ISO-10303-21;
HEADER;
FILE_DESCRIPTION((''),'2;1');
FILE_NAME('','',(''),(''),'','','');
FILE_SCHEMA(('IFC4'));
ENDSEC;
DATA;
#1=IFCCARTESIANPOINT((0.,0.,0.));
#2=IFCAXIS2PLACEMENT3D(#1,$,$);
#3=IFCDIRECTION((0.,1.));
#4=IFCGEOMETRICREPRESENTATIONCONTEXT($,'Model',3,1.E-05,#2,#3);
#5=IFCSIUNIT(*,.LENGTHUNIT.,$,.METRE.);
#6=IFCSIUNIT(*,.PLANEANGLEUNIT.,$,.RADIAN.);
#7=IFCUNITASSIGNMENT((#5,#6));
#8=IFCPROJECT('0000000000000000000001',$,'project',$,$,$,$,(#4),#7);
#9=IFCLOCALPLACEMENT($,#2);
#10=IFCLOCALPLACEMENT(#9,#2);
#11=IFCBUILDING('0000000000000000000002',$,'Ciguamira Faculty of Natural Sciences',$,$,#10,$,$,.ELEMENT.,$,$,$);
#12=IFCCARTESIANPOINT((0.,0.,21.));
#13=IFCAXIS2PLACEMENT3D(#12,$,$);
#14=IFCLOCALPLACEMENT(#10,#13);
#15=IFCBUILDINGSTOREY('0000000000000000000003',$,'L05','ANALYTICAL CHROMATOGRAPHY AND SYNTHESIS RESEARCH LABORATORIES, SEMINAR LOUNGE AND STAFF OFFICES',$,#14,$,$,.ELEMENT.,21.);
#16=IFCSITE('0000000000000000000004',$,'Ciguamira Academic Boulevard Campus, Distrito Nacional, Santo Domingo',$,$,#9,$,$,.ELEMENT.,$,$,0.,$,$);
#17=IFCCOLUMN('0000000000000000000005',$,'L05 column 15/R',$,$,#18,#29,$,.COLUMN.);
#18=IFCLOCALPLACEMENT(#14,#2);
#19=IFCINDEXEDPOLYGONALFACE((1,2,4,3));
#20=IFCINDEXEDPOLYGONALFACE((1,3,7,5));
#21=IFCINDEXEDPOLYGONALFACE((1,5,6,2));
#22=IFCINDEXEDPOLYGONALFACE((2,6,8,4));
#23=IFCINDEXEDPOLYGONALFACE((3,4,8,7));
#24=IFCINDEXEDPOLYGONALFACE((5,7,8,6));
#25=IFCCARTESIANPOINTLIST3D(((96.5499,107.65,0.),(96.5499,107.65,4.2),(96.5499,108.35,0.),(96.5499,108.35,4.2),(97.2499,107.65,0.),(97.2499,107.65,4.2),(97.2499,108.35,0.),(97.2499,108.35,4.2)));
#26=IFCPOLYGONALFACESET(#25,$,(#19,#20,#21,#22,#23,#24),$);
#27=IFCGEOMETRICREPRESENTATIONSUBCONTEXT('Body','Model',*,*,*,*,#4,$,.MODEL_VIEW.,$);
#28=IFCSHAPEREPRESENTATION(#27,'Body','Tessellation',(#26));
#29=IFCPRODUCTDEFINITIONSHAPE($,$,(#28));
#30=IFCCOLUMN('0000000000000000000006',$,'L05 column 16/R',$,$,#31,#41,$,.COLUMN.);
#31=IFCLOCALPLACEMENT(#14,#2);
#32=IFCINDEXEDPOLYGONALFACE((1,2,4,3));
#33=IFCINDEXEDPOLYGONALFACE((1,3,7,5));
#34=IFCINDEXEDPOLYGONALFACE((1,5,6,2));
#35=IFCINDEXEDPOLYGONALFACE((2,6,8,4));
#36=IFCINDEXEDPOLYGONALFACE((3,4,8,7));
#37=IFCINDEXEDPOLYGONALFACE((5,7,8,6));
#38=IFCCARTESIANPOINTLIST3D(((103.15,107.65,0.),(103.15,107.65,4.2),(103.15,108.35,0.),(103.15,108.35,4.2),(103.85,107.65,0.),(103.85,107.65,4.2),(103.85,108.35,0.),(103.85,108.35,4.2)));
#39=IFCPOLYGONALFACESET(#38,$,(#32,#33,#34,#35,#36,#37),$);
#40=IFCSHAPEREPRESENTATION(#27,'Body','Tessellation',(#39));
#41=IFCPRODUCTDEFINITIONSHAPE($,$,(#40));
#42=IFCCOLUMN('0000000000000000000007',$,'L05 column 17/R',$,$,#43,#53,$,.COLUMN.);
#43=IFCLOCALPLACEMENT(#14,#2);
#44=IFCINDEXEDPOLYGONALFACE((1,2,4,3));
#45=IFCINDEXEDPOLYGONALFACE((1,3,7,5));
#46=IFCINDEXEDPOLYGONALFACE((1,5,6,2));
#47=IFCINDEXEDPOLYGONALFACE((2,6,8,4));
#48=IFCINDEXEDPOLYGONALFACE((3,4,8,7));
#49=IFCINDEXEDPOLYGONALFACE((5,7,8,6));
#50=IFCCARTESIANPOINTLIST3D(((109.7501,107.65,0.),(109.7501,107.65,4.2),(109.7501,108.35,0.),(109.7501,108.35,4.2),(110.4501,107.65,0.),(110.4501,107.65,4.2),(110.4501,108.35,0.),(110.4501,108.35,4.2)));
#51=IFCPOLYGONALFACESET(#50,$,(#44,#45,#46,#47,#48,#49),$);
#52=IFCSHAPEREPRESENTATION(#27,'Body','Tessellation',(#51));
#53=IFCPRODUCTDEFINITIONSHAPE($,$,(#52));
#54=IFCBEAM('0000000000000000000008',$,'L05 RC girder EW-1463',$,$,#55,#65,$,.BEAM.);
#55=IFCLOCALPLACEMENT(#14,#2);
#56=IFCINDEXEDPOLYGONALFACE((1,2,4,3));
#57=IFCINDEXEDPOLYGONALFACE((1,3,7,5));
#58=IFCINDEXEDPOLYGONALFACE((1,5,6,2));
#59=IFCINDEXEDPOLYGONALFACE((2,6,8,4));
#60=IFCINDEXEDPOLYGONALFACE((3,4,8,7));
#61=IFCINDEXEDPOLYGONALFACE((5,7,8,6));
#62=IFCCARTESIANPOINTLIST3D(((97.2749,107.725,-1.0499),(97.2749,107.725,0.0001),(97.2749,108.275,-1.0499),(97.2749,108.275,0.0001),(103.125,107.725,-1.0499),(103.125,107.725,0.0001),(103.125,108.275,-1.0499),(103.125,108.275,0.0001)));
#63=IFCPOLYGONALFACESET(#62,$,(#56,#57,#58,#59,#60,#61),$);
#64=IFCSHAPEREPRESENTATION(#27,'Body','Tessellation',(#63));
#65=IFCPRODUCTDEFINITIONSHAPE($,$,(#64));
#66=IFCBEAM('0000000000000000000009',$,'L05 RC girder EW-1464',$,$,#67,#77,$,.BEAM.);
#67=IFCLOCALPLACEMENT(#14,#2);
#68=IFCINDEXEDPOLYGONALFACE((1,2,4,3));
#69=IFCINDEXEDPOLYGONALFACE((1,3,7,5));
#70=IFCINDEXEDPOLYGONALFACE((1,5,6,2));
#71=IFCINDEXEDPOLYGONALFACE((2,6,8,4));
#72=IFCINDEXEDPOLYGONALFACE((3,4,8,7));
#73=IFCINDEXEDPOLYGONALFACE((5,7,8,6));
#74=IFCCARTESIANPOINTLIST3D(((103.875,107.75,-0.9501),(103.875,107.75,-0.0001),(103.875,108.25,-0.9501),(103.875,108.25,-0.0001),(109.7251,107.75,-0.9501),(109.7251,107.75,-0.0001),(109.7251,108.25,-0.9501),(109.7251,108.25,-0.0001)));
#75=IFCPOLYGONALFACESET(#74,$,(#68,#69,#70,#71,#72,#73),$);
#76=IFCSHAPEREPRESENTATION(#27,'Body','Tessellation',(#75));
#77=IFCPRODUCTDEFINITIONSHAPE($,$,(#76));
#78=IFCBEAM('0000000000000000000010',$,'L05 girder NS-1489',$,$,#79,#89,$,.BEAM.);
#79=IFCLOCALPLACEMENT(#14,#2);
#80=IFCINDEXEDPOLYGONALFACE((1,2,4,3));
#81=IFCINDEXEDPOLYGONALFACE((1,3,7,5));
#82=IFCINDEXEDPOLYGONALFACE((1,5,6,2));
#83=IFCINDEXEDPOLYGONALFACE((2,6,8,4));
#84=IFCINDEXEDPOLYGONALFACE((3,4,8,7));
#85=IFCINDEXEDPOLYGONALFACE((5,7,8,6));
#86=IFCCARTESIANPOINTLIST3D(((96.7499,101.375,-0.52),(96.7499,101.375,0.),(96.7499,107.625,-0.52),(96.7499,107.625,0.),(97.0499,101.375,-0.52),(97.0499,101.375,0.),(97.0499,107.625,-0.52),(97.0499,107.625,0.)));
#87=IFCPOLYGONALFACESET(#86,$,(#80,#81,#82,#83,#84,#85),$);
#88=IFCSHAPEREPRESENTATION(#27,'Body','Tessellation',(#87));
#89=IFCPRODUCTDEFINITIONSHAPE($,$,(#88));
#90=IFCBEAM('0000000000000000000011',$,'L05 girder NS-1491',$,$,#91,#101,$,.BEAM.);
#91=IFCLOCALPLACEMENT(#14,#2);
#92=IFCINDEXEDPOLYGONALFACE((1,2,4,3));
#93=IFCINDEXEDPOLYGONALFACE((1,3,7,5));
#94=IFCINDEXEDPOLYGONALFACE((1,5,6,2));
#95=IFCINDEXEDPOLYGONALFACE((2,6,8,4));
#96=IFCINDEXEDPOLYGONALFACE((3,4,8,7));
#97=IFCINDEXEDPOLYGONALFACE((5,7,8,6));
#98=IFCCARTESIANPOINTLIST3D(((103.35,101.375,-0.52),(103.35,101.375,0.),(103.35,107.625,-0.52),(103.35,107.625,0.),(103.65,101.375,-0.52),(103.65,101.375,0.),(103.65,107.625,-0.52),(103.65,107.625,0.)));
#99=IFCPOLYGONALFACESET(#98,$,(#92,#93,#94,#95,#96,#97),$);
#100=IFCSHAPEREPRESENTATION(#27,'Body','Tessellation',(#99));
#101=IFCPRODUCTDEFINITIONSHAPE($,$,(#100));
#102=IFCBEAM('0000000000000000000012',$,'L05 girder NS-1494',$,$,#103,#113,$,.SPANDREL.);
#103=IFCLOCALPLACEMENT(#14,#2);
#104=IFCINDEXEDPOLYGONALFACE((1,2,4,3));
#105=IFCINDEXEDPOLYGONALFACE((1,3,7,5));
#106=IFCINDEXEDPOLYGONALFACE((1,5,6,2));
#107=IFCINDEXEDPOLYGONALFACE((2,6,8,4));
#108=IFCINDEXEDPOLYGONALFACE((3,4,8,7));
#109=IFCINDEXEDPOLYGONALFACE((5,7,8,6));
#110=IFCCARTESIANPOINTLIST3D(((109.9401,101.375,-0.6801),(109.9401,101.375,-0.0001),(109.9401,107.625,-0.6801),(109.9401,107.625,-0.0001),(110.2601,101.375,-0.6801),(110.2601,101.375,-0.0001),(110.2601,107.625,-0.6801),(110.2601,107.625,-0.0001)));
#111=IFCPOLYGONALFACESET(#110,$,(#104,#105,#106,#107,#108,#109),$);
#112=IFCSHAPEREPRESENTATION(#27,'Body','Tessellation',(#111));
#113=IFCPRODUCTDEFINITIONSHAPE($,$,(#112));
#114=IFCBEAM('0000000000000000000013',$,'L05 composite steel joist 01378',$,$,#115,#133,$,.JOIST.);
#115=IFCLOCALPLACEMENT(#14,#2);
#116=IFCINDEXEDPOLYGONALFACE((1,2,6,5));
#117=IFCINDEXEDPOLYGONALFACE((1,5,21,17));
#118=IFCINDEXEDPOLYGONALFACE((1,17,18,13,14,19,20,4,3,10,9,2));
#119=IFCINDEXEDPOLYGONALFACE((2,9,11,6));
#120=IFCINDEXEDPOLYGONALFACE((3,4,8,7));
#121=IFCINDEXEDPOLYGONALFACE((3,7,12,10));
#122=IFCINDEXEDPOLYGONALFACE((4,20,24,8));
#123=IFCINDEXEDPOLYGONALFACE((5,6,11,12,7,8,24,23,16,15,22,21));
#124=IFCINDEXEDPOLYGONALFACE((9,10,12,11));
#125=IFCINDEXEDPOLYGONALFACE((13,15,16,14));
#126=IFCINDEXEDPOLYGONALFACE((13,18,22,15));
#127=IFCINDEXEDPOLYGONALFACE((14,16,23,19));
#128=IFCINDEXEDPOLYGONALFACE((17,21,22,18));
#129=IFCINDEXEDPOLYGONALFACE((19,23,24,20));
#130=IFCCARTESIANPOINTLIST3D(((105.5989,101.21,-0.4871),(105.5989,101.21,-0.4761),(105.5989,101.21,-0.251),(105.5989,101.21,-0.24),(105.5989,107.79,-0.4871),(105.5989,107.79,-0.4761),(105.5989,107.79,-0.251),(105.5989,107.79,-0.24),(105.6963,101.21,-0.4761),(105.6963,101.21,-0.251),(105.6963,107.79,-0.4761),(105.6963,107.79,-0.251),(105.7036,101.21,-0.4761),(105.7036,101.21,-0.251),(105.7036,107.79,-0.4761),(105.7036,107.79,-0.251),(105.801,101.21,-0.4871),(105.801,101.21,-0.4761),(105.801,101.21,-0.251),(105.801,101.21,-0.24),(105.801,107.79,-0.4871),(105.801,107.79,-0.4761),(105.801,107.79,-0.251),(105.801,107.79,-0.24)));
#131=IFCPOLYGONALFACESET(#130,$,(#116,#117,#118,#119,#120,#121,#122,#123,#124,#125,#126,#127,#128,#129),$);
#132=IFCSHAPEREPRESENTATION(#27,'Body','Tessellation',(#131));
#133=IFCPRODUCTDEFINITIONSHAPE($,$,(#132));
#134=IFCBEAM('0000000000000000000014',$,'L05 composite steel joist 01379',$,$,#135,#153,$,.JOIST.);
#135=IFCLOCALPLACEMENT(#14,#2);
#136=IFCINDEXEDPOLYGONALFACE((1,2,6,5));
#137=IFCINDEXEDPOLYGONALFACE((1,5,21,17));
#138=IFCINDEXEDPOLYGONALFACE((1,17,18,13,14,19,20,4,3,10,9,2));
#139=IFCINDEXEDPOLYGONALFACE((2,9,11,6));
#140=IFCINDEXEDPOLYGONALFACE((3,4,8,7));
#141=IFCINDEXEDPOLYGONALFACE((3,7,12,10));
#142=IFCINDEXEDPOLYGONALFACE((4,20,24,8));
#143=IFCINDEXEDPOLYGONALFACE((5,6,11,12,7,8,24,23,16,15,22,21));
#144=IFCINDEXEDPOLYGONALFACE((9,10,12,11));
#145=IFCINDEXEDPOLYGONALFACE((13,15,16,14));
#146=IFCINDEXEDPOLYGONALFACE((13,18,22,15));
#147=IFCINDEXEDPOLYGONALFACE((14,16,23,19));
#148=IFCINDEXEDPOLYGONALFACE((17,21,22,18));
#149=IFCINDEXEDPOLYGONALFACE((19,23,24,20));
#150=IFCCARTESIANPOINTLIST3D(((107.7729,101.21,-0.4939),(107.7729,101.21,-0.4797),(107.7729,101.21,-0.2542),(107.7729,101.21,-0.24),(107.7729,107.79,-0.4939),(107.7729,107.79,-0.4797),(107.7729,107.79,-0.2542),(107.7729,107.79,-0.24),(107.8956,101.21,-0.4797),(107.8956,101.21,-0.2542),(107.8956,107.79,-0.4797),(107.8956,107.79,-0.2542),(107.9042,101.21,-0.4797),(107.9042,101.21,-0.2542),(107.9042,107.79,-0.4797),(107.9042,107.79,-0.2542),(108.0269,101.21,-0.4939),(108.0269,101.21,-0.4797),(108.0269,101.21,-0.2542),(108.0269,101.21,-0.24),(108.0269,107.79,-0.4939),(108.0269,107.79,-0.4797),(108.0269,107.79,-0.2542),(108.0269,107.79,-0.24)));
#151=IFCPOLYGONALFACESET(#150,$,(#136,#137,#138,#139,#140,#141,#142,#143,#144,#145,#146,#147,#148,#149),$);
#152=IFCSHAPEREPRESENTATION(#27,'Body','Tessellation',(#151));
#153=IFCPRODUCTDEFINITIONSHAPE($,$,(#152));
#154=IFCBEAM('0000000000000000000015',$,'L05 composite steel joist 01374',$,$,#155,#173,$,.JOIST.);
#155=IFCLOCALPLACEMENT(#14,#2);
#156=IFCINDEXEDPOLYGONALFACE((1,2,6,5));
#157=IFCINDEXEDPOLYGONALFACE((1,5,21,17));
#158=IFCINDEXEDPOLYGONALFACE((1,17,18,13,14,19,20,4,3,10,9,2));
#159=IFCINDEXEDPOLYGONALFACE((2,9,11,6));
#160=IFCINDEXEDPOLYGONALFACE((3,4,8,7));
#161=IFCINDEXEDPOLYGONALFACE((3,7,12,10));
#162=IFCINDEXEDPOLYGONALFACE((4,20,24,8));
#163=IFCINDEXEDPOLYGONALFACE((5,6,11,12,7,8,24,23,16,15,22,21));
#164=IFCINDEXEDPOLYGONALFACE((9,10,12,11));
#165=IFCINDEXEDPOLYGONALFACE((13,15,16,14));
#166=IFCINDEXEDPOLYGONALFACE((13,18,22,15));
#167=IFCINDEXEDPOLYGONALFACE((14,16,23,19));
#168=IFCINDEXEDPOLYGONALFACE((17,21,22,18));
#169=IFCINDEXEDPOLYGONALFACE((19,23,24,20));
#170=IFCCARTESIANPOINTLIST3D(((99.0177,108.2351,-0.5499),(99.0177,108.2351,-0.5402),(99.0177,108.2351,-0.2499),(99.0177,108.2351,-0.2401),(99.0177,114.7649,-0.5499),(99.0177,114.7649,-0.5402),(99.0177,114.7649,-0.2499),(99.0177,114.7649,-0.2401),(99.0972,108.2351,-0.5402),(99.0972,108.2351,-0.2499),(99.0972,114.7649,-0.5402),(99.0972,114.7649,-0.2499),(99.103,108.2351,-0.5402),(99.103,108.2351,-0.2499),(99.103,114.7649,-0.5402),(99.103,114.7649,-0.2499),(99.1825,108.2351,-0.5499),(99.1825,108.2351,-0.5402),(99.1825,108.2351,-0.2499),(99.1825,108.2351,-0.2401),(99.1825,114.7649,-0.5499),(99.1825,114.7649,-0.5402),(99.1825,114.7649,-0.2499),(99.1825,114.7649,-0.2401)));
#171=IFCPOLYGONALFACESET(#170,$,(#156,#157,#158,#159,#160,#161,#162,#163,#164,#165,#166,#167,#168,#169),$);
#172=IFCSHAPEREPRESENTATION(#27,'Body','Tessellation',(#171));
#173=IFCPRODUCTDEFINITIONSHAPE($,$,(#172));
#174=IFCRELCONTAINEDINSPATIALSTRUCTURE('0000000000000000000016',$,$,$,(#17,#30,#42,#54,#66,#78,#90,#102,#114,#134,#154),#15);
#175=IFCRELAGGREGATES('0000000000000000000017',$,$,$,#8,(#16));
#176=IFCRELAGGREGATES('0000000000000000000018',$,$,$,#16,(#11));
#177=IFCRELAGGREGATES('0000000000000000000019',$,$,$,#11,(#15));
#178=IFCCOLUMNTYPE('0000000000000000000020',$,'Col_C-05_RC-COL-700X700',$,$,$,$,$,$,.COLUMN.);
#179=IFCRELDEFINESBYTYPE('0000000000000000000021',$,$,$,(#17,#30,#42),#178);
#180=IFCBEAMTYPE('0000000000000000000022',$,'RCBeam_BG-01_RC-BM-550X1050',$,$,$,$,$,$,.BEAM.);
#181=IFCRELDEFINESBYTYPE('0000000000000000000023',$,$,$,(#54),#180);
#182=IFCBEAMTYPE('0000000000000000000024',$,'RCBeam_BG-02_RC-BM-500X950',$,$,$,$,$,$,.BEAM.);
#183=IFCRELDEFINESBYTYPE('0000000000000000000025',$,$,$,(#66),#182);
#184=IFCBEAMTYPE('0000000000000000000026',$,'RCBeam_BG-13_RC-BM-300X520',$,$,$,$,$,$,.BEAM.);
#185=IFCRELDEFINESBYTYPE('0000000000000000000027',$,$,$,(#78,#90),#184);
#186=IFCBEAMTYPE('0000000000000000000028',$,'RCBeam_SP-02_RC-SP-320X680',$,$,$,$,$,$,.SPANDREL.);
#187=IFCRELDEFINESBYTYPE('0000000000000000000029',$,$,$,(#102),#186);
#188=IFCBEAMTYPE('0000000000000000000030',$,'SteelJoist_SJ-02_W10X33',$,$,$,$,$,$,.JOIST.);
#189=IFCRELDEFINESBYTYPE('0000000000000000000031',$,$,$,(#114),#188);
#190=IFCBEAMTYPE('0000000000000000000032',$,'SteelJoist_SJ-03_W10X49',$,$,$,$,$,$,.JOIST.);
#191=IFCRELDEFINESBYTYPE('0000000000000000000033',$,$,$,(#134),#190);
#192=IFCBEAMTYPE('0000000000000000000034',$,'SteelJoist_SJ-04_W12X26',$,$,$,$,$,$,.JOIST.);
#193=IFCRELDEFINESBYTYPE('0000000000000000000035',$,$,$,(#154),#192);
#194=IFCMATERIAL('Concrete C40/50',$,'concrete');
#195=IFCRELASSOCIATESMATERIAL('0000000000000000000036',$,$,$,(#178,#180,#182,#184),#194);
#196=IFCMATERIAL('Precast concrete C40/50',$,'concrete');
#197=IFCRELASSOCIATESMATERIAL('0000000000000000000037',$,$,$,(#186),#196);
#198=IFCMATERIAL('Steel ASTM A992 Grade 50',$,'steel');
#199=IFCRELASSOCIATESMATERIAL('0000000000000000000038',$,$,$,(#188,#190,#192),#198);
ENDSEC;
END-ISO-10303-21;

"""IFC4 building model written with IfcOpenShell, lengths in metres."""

from ifc_helpers import new_model, si_unit, direction, frame, origin, origin_2d, place, context, subcontext, project, spatial, rectangle, i_section, extrude, material, material_profile, profile_set, type_object, element, save


model = new_model("IFC4")

# Units and contexts
model_context = context("Model", 3, precision=1e-05, world=origin(), true_north=direction((0.0, 1.0)))
body_context = subcontext(model_context, "Body", "Model", "MODEL_VIEW")
ifc_project = project(units=[si_unit("LENGTHUNIT", "METRE"), si_unit("PLANEANGLEUNIT", "RADIAN")], contexts=[model_context])

# Site, building, storey
site_placement = place(None, origin())
site = spatial("IfcSite", under=ifc_project, at=site_placement, Name="Ciguamira Academic Boulevard Campus, Distrito Nacional, Santo Domingo", CompositionType="ELEMENT", RefElevation=0.0)
building_placement = place(site_placement, origin())
building = spatial("IfcBuilding", under=site, at=building_placement, Name="Ciguamira Faculty of Natural Sciences", CompositionType="ELEMENT")
storey_placement = place(building_placement, frame((0.0, 0.0, 21.0)))
storey = spatial("IfcBuildingStorey", under=building, at=storey_placement, Name="L05", Description="ANALYTICAL CHROMATOGRAPHY AND SYNTHESIS RESEARCH LABORATORIES, SEMINAR LOUNGE AND STAFF OFFICES", CompositionType="ELEMENT", Elevation=21.0)

# Columns
ifc_material_1 = material(Name="Concrete C40/50", Category="concrete")
ifc_material_profile_1 = material_profile(ifc_material_1, rectangle(XDim=0.7, YDim=0.7, at=origin_2d()), Name="RC-COL-700X700")
ifc_profile_set_1 = profile_set([ifc_material_profile_1], Name="Concrete C40/50")
column_type = type_object("IfcColumnType", Name="Col_C-05_RC-COL-700X700", PredefinedType="COLUMN", material=ifc_profile_set_1)
for number, where, z_axis, x_axis, name in (
    (1, (96.8999, 108.0, 0.0), (0.0, 0.0, 1.0), (1.0, 0.0, 0.0), "L05 column 15/R"),
    (2, (103.5, 108.0, 0.0), (0.0, 0.0, 1.0), (1.0, 0.0, 0.0), "L05 column 16/R"),
    (3, (110.1001, 108.0, 0.0), (0.0, 0.0, 1.0), (1.0, 0.0, 0.0), "L05 column 17/R"),
):
    element("IfcColumn", number, at=place(storey_placement, frame(where, z_axis=z_axis, x_axis=x_axis)), inside=storey, type_object=column_type, Name=name, PredefinedType="COLUMN", context=body_context, shape_type="SweptSolid", body=[
        extrude(rectangle(XDim=0.7, YDim=0.7, at=origin_2d()), origin(), (0.0, 0.0, 1.0), 4.2),
    ])

# Beams
ifc_material_profile_2 = material_profile(ifc_material_1, rectangle(XDim=0.55, YDim=1.05, at=origin_2d()), Name="RC-BM-550X1050")
ifc_profile_set_2 = profile_set([ifc_material_profile_2], Name="Concrete C40/50")
beam_type_1 = type_object("IfcBeamType", Name="RCBeam_BG-01_RC-BM-550X1050", PredefinedType="BEAM", material=ifc_profile_set_2)
beam_1_placement = place(storey_placement, frame((97.2749, 108.0, -0.5249), z_axis=(1.0, 0.0, 0.0), x_axis=(0.0, 1.0, 0.0)))
element("IfcBeam", 4, at=beam_1_placement, inside=storey, type_object=beam_type_1, Name="L05 RC girder EW-1463", PredefinedType="BEAM", context=body_context, shape_type="SweptSolid", body=[
    extrude(rectangle(XDim=0.55, YDim=1.05, at=origin_2d()), origin(), (0.0, 0.0, 1.0), 5.8501),
])
ifc_material_profile_3 = material_profile(ifc_material_1, rectangle(XDim=0.5, YDim=0.95, at=origin_2d()), Name="RC-BM-500X950")
ifc_profile_set_3 = profile_set([ifc_material_profile_3], Name="Concrete C40/50")
beam_type_2 = type_object("IfcBeamType", Name="RCBeam_BG-02_RC-BM-500X950", PredefinedType="BEAM", material=ifc_profile_set_3)
beam_2_placement = place(storey_placement, frame((103.875, 108.0, -0.4751), z_axis=(1.0, 0.0, 0.0), x_axis=(0.0, 1.0, 0.0)))
element("IfcBeam", 5, at=beam_2_placement, inside=storey, type_object=beam_type_2, Name="L05 RC girder EW-1464", PredefinedType="BEAM", context=body_context, shape_type="SweptSolid", body=[
    extrude(rectangle(XDim=0.5, YDim=0.95, at=origin_2d()), origin(), (0.0, 0.0, 1.0), 5.8501),
])
ifc_material_profile_4 = material_profile(ifc_material_1, rectangle(XDim=0.3, YDim=0.52, at=origin_2d()), Name="RC-BM-300X520")
ifc_profile_set_4 = profile_set([ifc_material_profile_4], Name="Concrete C40/50")
beam_type_3 = type_object("IfcBeamType", Name="RCBeam_BG-13_RC-BM-300X520", PredefinedType="BEAM", material=ifc_profile_set_4)
for number, where, z_axis, x_axis, name in (
    (6, (96.8999, 101.375, -0.26), (0.0, 1.0, 0.0), (-1.0, 0.0, 0.0), "L05 girder NS-1489"),
    (7, (103.5, 101.375, -0.26), (0.0, 1.0, 0.0), (-1.0, 0.0, 0.0), "L05 girder NS-1491"),
):
    element("IfcBeam", number, at=place(storey_placement, frame(where, z_axis=z_axis, x_axis=x_axis)), inside=storey, type_object=beam_type_3, Name=name, PredefinedType="BEAM", context=body_context, shape_type="SweptSolid", body=[
        extrude(rectangle(XDim=0.3, YDim=0.52, at=origin_2d()), origin(), (0.0, 0.0, 1.0), 6.25),
    ])
ifc_material_2 = material(Name="Precast concrete C40/50", Category="concrete")
ifc_material_profile_5 = material_profile(ifc_material_2, rectangle(XDim=0.3201, YDim=0.6799, at=origin_2d()), Name="RC-SP-320X680")
ifc_profile_set_5 = profile_set([ifc_material_profile_5], Name="Precast concrete C40/50")
beam_type_4 = type_object("IfcBeamType", Name="RCBeam_SP-02_RC-SP-320X680", PredefinedType="SPANDREL", material=ifc_profile_set_5)
beam_3_placement = place(storey_placement, frame((110.1001, 101.375, -0.3401), z_axis=(0.0, 1.0, 0.0), x_axis=(-1.0, 0.0, 0.0)))
element("IfcBeam", 8, at=beam_3_placement, inside=storey, type_object=beam_type_4, Name="L05 girder NS-1494", PredefinedType="SPANDREL", context=body_context, shape_type="SweptSolid", body=[
    extrude(rectangle(XDim=0.3201, YDim=0.6799, at=origin_2d()), origin(), (0.0, 0.0, 1.0), 6.25),
])
ifc_material_3 = material(Name="Steel ASTM A992 Grade 50", Category="steel")
ifc_material_profile_6 = material_profile(ifc_material_3, i_section(OverallWidth=0.2021, OverallDepth=0.2471, WebThickness=0.0073, FlangeThickness=0.011, at=origin_2d()), Name="W10X33")
ifc_profile_set_6 = profile_set([ifc_material_profile_6], Name="Steel ASTM A992 Grade 50")
beam_type_5 = type_object("IfcBeamType", Name="SteelJoist_SJ-02_W10X33", PredefinedType="JOIST", material=ifc_profile_set_6)
beam_4_placement = place(storey_placement, frame((105.7, 101.21, -0.3635), z_axis=(0.0, 1.0, 0.0), x_axis=(-1.0, 0.0, 0.0)))
element("IfcBeam", 9, at=beam_4_placement, inside=storey, type_object=beam_type_5, Name="L05 composite steel joist 01378", PredefinedType="JOIST", context=body_context, shape_type="SweptSolid", body=[
    extrude(i_section(OverallWidth=0.2021, OverallDepth=0.2471, WebThickness=0.0073, FlangeThickness=0.011, at=origin_2d()), origin(), (0.0, 0.0, 1.0), 6.5801),
])
ifc_material_profile_7 = material_profile(ifc_material_3, i_section(OverallWidth=0.2539, OverallDepth=0.2539, WebThickness=0.0085, FlangeThickness=0.0142, at=origin_2d()), Name="W10X49")
ifc_profile_set_7 = profile_set([ifc_material_profile_7], Name="Steel ASTM A992 Grade 50")
beam_type_6 = type_object("IfcBeamType", Name="SteelJoist_SJ-03_W10X49", PredefinedType="JOIST", material=ifc_profile_set_7)
beam_5_placement = place(storey_placement, frame((107.8999, 101.21, -0.3669), z_axis=(0.0, 1.0, 0.0), x_axis=(-1.0, 0.0, 0.0)))
element("IfcBeam", 10, at=beam_5_placement, inside=storey, type_object=beam_type_6, Name="L05 composite steel joist 01379", PredefinedType="JOIST", context=body_context, shape_type="SweptSolid", body=[
    extrude(i_section(OverallWidth=0.2539, OverallDepth=0.2539, WebThickness=0.0085, FlangeThickness=0.0142, at=origin_2d()), origin(), (0.0, 0.0, 1.0), 6.5801),
])
ifc_material_profile_8 = material_profile(ifc_material_3, i_section(OverallWidth=0.1648, OverallDepth=0.3098, WebThickness=0.0059, FlangeThickness=0.0098, at=origin_2d()), Name="W12X26")
ifc_profile_set_8 = profile_set([ifc_material_profile_8], Name="Steel ASTM A992 Grade 50")
beam_type_7 = type_object("IfcBeamType", Name="SteelJoist_SJ-04_W12X26", PredefinedType="JOIST", material=ifc_profile_set_8)
beam_6_placement = place(storey_placement, frame((99.1001, 108.2351, -0.395), z_axis=(0.0, 1.0, 0.0), x_axis=(-1.0, 0.0, 0.0)))
element("IfcBeam", 11, at=beam_6_placement, inside=storey, type_object=beam_type_7, Name="L05 composite steel joist 01374", PredefinedType="JOIST", context=body_context, shape_type="SweptSolid", body=[
    extrude(i_section(OverallWidth=0.1648, OverallDepth=0.3098, WebThickness=0.0059, FlangeThickness=0.0098, at=origin_2d()), origin(), (0.0, 0.0, 1.0), 6.5298),
])

save(model, "model.ifc")
